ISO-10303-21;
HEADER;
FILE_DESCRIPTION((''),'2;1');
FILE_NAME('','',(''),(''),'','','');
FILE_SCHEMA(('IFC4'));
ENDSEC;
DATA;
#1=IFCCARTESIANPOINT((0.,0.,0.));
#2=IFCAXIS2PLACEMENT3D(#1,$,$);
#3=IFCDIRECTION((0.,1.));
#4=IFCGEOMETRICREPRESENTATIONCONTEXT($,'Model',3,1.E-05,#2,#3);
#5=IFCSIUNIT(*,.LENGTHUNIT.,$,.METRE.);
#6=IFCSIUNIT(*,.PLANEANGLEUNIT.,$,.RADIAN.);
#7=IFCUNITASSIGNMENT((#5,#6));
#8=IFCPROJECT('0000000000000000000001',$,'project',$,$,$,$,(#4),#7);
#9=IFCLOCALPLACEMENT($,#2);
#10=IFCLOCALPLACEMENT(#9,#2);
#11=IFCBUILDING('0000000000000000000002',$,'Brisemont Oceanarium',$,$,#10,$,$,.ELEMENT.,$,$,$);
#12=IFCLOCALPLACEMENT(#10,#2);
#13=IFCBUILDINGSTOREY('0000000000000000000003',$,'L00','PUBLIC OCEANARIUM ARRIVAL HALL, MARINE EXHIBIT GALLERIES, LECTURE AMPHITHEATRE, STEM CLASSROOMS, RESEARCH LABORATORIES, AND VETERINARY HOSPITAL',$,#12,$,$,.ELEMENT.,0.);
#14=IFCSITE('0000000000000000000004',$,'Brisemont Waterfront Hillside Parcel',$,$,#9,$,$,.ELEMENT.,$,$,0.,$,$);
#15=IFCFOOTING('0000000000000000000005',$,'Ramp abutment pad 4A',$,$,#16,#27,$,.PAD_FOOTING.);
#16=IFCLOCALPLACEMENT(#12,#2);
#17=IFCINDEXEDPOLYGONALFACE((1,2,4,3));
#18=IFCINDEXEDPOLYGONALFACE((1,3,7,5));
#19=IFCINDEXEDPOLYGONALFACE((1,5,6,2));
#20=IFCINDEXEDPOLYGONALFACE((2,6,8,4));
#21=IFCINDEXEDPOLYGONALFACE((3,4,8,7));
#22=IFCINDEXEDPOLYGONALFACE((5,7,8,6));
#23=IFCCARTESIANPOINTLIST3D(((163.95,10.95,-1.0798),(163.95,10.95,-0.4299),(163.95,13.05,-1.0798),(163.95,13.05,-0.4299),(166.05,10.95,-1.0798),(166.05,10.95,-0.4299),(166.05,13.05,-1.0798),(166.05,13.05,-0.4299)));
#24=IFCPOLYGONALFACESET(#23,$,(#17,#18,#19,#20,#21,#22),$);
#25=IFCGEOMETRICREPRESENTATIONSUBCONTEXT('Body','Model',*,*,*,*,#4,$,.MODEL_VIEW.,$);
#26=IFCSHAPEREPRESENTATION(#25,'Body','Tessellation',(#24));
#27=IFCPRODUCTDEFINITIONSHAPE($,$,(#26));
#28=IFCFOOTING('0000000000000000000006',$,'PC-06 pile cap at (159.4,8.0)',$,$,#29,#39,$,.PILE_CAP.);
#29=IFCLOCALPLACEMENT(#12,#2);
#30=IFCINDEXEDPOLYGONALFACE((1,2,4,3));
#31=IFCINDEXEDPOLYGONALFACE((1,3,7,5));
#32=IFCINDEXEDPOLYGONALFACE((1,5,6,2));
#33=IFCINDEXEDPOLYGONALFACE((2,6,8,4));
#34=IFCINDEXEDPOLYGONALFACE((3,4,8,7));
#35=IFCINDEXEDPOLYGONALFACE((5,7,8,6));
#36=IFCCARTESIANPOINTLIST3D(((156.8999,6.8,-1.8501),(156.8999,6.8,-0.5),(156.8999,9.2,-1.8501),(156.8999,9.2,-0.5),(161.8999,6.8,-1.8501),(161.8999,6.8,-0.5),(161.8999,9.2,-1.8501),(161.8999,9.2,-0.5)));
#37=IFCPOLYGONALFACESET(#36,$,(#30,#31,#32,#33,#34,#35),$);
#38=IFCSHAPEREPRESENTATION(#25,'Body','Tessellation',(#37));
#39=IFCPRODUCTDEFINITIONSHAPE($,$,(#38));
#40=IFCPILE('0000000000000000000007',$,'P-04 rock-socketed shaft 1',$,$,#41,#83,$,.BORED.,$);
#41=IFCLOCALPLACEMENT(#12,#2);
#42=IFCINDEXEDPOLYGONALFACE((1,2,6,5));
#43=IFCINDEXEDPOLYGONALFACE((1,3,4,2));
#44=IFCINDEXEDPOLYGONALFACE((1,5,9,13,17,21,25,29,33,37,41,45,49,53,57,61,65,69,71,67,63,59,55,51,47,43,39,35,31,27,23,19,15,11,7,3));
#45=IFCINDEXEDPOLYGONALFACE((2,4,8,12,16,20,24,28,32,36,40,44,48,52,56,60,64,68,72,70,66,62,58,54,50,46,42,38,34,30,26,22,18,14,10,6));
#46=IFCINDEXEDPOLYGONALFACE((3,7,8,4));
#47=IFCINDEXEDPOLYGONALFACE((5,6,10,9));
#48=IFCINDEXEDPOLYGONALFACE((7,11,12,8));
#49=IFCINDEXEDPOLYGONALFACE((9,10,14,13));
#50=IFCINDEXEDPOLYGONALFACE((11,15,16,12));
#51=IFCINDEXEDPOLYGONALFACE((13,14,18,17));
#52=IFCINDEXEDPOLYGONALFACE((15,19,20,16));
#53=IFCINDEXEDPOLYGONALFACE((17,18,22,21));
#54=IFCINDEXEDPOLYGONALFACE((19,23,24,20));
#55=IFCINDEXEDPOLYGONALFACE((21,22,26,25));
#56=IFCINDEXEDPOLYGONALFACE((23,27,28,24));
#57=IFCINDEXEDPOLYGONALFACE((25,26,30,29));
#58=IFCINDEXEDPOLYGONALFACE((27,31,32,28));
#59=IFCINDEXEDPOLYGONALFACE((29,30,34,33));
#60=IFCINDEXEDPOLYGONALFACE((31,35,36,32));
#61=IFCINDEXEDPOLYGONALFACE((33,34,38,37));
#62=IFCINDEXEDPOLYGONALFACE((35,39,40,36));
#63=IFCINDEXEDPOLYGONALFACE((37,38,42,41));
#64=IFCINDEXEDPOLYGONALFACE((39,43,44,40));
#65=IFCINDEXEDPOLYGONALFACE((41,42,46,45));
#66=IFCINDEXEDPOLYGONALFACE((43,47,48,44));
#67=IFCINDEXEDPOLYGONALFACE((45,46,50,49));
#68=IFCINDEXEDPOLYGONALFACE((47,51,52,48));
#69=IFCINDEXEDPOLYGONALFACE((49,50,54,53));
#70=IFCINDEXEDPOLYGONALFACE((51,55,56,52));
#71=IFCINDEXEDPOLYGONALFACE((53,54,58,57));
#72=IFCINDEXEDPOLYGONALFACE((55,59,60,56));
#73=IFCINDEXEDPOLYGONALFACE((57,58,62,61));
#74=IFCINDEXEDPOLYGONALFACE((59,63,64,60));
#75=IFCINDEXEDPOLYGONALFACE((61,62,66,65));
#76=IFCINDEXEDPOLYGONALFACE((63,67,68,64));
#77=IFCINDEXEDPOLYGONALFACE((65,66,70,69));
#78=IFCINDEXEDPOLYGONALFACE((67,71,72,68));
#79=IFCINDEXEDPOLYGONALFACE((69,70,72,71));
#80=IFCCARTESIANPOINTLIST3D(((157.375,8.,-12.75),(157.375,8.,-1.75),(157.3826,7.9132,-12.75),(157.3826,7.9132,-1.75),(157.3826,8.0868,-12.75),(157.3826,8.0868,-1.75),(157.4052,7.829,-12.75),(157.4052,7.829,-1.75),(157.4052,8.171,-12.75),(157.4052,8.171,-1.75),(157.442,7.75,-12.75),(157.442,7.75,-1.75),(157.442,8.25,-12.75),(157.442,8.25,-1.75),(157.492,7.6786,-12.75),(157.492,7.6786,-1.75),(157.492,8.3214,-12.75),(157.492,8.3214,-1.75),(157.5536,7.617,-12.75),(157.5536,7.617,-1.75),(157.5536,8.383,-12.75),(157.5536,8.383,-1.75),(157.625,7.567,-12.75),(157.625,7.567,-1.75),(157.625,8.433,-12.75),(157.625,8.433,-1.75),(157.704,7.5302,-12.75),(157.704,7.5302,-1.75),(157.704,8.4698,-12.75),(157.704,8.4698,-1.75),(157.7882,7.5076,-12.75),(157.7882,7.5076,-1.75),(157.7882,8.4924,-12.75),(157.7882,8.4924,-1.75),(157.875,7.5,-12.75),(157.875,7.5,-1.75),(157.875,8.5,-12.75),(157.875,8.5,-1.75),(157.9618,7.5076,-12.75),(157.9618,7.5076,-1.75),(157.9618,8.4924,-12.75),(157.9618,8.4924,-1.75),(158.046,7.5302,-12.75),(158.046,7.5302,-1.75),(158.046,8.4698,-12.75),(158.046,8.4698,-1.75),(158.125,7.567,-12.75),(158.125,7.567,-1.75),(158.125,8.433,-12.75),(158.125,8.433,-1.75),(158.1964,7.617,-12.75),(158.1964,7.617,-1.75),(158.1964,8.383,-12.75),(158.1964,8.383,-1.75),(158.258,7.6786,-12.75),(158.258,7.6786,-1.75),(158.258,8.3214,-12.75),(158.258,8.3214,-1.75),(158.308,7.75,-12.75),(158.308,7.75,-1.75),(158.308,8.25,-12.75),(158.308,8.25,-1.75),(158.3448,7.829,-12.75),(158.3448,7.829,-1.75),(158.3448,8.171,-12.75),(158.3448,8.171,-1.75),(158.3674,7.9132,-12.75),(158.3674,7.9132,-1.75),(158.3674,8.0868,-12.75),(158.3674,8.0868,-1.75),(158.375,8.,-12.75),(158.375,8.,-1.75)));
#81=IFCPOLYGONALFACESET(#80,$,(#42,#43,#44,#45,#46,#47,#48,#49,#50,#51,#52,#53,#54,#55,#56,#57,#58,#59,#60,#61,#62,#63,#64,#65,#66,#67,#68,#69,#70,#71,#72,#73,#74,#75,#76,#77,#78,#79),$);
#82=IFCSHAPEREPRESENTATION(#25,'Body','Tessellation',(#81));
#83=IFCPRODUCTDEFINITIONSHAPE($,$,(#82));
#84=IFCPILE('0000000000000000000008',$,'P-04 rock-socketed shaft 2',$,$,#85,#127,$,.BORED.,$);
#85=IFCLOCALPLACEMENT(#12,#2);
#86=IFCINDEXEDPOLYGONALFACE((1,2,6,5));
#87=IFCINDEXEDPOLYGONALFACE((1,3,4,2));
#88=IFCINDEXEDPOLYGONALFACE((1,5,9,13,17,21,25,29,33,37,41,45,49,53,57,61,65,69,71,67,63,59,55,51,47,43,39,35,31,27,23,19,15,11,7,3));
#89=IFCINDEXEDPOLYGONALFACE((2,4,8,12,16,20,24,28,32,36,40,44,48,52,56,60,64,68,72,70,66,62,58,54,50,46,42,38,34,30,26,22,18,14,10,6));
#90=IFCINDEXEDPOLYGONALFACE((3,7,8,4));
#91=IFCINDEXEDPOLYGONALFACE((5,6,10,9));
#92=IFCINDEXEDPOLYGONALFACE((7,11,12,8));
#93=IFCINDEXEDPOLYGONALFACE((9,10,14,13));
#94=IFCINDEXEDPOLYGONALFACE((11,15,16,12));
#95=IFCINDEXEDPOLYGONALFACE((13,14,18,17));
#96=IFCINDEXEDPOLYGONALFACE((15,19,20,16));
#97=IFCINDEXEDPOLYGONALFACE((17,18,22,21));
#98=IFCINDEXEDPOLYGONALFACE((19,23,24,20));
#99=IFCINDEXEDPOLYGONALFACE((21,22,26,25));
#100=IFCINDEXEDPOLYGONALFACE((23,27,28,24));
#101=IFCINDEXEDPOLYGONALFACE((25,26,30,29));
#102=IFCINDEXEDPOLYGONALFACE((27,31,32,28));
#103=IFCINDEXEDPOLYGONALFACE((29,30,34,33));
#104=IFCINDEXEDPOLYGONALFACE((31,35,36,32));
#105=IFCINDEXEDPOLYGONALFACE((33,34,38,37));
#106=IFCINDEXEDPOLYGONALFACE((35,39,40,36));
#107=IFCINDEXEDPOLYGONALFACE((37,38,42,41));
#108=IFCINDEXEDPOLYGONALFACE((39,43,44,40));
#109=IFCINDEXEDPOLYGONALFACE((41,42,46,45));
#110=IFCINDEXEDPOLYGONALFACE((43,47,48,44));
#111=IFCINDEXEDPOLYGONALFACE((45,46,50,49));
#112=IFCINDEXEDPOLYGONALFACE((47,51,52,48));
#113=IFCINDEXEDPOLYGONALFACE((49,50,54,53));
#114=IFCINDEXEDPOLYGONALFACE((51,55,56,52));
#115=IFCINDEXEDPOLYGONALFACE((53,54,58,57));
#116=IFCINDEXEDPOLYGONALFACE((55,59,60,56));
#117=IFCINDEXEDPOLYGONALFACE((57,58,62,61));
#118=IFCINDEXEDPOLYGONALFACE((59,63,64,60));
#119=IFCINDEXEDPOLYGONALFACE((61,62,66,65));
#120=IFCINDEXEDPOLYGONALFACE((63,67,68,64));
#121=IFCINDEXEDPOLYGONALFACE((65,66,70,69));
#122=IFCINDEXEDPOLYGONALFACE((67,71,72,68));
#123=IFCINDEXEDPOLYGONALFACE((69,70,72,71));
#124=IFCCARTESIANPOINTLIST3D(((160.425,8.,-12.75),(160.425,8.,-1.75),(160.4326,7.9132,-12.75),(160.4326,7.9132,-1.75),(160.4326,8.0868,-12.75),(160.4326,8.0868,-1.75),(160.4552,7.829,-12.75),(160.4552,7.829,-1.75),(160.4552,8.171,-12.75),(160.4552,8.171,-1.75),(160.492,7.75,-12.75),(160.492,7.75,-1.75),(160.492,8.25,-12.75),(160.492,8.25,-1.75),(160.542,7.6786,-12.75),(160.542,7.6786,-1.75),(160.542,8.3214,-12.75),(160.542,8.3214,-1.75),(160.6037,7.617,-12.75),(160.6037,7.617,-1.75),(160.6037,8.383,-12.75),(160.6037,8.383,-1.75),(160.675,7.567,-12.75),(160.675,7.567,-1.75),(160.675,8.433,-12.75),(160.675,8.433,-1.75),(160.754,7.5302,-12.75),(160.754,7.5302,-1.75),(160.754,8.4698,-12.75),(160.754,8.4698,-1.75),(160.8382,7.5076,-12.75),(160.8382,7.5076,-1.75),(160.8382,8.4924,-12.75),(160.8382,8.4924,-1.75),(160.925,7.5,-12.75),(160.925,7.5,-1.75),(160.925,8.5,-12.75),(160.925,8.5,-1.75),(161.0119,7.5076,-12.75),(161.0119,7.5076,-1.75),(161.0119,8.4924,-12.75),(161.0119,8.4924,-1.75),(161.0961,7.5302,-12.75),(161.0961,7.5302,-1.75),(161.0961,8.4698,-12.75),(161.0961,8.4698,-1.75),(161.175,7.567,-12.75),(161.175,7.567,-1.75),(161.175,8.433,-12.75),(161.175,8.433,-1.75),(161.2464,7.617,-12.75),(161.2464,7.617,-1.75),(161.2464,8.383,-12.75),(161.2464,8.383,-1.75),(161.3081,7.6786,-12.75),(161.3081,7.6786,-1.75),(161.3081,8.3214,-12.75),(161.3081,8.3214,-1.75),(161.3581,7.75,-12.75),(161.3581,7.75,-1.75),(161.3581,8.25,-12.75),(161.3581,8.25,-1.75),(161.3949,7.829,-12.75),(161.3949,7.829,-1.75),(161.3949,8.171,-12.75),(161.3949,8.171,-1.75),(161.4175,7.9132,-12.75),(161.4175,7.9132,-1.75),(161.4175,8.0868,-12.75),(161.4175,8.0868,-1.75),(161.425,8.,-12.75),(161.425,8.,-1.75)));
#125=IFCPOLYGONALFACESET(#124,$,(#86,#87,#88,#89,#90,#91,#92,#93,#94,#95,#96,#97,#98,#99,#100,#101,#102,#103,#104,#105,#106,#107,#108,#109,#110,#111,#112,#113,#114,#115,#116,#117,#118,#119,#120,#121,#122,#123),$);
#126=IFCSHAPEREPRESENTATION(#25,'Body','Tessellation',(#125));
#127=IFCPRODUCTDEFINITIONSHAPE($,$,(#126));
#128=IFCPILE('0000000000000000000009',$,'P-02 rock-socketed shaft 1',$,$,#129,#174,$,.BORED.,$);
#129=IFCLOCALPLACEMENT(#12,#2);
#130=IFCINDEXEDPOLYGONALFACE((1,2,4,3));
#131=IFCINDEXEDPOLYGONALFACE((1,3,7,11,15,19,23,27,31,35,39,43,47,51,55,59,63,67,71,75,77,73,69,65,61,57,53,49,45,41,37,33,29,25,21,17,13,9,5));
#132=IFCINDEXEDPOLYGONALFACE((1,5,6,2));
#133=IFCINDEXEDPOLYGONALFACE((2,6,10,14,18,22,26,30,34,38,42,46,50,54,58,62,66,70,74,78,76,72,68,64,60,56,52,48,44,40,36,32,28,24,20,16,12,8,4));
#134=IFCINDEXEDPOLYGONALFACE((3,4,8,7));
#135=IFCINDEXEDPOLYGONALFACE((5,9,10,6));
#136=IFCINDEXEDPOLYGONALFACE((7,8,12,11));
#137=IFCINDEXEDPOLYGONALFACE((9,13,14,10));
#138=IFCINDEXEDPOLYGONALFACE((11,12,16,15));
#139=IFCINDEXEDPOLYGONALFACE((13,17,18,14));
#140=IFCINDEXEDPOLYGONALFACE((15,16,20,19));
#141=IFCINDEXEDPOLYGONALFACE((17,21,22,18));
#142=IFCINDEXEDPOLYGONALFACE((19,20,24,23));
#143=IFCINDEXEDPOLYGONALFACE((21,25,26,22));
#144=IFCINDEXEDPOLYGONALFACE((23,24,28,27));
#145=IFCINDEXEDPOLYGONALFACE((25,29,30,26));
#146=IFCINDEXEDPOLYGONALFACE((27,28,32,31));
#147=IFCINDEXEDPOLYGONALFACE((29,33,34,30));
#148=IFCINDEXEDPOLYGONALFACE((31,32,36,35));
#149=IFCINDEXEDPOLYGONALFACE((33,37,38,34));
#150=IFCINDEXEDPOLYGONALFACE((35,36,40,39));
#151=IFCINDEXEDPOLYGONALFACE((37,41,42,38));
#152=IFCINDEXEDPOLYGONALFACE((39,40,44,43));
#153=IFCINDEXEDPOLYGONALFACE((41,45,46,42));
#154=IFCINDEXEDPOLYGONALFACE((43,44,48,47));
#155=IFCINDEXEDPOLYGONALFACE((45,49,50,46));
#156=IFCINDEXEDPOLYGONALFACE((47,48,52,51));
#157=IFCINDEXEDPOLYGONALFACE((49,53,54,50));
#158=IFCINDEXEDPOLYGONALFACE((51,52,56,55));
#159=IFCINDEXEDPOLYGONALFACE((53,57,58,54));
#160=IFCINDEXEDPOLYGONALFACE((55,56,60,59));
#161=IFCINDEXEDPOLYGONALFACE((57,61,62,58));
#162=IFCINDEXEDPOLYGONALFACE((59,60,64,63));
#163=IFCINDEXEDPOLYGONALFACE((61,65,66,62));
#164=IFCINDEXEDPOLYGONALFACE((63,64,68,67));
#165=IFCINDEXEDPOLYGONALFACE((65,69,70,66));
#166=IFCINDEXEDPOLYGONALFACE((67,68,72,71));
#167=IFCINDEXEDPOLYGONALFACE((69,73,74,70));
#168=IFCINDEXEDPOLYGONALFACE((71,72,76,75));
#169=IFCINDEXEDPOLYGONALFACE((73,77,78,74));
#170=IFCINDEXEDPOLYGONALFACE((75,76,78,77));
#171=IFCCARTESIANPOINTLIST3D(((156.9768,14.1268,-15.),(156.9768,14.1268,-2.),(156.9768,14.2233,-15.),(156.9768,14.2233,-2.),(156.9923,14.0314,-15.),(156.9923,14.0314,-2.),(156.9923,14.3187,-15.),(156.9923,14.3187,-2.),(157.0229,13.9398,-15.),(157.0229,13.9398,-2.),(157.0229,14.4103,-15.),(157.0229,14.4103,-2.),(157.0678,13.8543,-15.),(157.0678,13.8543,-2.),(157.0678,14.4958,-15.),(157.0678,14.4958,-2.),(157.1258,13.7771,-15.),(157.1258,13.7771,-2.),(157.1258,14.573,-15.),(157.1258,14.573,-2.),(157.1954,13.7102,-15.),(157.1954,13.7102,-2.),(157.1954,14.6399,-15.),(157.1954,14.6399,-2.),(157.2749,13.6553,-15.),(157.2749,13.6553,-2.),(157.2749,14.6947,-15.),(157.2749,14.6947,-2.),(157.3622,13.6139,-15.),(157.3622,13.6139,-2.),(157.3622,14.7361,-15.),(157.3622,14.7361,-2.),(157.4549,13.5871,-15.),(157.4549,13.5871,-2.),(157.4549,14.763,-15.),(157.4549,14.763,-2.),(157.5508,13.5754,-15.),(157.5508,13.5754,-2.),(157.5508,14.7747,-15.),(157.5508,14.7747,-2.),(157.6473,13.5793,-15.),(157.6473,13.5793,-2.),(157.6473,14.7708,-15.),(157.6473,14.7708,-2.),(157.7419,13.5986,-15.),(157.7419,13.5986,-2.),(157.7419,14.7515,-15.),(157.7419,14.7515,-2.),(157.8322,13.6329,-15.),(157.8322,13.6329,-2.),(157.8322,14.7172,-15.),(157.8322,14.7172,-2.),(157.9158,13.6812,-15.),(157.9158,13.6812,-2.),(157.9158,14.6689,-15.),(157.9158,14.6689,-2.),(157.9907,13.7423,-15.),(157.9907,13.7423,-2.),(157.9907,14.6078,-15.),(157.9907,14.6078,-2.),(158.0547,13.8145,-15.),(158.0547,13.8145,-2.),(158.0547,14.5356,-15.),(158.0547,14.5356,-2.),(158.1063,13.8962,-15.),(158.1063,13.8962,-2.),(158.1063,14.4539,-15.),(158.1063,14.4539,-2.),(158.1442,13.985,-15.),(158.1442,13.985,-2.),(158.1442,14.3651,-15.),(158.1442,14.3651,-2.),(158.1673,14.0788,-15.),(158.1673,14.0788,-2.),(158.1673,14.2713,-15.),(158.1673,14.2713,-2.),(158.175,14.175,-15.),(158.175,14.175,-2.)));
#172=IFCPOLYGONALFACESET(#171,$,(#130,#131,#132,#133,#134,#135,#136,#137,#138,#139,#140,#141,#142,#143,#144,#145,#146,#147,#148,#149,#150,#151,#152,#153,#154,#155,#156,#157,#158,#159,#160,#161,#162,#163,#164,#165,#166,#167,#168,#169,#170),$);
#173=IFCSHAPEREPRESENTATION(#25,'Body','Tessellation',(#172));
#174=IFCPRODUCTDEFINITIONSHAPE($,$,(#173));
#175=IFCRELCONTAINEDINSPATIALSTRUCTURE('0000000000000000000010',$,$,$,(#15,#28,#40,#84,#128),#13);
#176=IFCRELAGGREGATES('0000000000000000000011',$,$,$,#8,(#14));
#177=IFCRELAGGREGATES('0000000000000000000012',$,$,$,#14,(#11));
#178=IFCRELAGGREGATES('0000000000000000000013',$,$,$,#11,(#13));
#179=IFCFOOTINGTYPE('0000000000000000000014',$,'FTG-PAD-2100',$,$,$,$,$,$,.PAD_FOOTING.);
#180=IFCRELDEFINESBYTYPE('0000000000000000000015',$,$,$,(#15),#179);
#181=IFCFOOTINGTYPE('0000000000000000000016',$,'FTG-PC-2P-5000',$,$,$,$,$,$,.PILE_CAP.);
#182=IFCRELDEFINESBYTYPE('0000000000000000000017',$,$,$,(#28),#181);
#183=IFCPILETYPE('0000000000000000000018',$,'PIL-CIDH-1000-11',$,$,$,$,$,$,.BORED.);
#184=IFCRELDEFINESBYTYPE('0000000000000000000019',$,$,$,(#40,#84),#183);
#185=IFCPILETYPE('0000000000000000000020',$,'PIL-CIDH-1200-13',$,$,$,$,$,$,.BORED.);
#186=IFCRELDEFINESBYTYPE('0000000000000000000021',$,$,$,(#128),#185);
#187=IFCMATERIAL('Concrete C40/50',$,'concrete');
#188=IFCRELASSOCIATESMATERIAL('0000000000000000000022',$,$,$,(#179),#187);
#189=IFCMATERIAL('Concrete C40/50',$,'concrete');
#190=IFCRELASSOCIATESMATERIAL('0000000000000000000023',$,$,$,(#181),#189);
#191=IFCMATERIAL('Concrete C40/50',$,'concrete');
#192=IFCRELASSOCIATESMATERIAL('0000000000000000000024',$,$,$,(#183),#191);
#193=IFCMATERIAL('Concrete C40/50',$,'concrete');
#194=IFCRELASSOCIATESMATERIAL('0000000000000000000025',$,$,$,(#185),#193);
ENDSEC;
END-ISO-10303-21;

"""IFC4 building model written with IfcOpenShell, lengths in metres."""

from ifc_helpers import new_model, si_unit, direction, frame, origin, origin_2d, place, context, subcontext, project, spatial, rectangle, circle, extrude, material, material_profile, profile_set, type_object, element, save


model = new_model("IFC4")

# Units and contexts
model_context = context("Model", 3, precision=1e-05, world=origin(), true_north=direction((0.0, 1.0)))
body_context = subcontext(model_context, "Body", "Model", "MODEL_VIEW")
ifc_project = project(units=[si_unit("LENGTHUNIT", "METRE"), si_unit("PLANEANGLEUNIT", "RADIAN")], contexts=[model_context])

# Site, building, storey
site_placement = place(None, origin())
site = spatial("IfcSite", under=ifc_project, at=site_placement, Name="Brisemont Waterfront Hillside Parcel", CompositionType="ELEMENT", RefElevation=0.0)
building_placement = place(site_placement, origin())
building = spatial("IfcBuilding", under=site, at=building_placement, Name="Brisemont Oceanarium", CompositionType="ELEMENT")
storey_placement = place(building_placement, origin())
storey = spatial("IfcBuildingStorey", under=building, at=storey_placement, Name="L00", Description="PUBLIC OCEANARIUM ARRIVAL HALL, MARINE EXHIBIT GALLERIES, LECTURE AMPHITHEATRE, STEM CLASSROOMS, RESEARCH LABORATORIES, AND VETERINARY HOSPITAL", CompositionType="ELEMENT", Elevation=0.0)

# Footings
ifc_material_1 = material(Name="Concrete C40/50", Category="concrete")
footing_type_1 = type_object("IfcFootingType", Name="FTG-PAD-2100", PredefinedType="PAD_FOOTING", material=ifc_material_1)
footing_1_placement = place(storey_placement, frame((165.0, 12.0, -1.0798), z_axis=(0.0, 0.0, 1.0), x_axis=(1.0, 0.0, 0.0)))
element("IfcFooting", 1, at=footing_1_placement, inside=storey, type_object=footing_type_1, Name="Ramp abutment pad 4A", PredefinedType="PAD_FOOTING", context=body_context, shape_type="SweptSolid", body=[
    extrude(rectangle(XDim=2.1001, YDim=2.1001, at=origin_2d()), origin(), (0.0, 0.0, 1.0), 0.6499),
])
ifc_material_2 = material(Name="Concrete C40/50", Category="concrete")
footing_type_2 = type_object("IfcFootingType", Name="FTG-PC-2P-5000", PredefinedType="PILE_CAP", material=ifc_material_2)
footing_2_placement = place(storey_placement, frame((159.3999, 8.0, -1.8501), z_axis=(0.0, 0.0, 1.0), x_axis=(1.0, 0.0, 0.0)))
element("IfcFooting", 2, at=footing_2_placement, inside=storey, type_object=footing_type_2, Name="PC-06 pile cap at (159.4,8.0)", PredefinedType="PILE_CAP", context=body_context, shape_type="SweptSolid", body=[
    extrude(rectangle(XDim=5.0, YDim=2.3999, at=origin_2d()), origin(), (0.0, 0.0, 1.0), 1.3501),
])

# Piles
ifc_material_3 = material(Name="Concrete C40/50", Category="concrete")
ifc_material_profile_1 = material_profile(ifc_material_3, circle(Radius=0.5, at=origin_2d()), Name="CIDH-D1000")
ifc_profile_set_1 = profile_set([ifc_material_profile_1], Name="Concrete C40/50")
pile_type_1 = type_object("IfcPileType", Name="PIL-CIDH-1000-11", PredefinedType="BORED", material=ifc_profile_set_1)
for number, where, z_axis, x_axis, name in (
    (3, (157.875, 8.0, -1.75), (0.0, 0.0, -1.0), (1.0, 0.0, 0.0), "P-04 rock-socketed shaft 1"),
    (4, (160.925, 8.0, -1.75), (0.0, 0.0, -1.0), (1.0, 0.0, 0.0), "P-04 rock-socketed shaft 2"),
):
    element("IfcPile", number, at=place(storey_placement, frame(where, z_axis=z_axis, x_axis=x_axis)), inside=storey, type_object=pile_type_1, Name=name, PredefinedType="BORED", context=body_context, shape_type="SweptSolid", body=[
        extrude(circle(Radius=0.5, at=origin_2d()), origin(), (0.0, 0.0, 1.0), 11.0),
    ])
ifc_material_4 = material(Name="Concrete C40/50", Category="concrete")
ifc_material_profile_2 = material_profile(ifc_material_4, circle(Radius=0.6001, at=origin_2d()), Name="CIDH-D1200")
ifc_profile_set_2 = profile_set([ifc_material_profile_2], Name="Concrete C40/50")
pile_type_2 = type_object("IfcPileType", Name="PIL-CIDH-1200-13", PredefinedType="BORED", material=ifc_profile_set_2)
for number, where, z_axis, x_axis, name in (
    (5, (157.575, 14.175, -2.0), (0.0, 0.0, -1.0), (1.0, 0.0, 0.0), "P-02 rock-socketed shaft 1"),
):
    element("IfcPile", number, at=place(storey_placement, frame(where, z_axis=z_axis, x_axis=x_axis)), inside=storey, type_object=pile_type_2, Name=name, PredefinedType="BORED", context=body_context, shape_type="SweptSolid", body=[
        extrude(circle(Radius=0.6001, at=origin_2d()), origin(), (0.0, 0.0, 1.0), 13.0),
    ])

save(model, "model.ifc")
